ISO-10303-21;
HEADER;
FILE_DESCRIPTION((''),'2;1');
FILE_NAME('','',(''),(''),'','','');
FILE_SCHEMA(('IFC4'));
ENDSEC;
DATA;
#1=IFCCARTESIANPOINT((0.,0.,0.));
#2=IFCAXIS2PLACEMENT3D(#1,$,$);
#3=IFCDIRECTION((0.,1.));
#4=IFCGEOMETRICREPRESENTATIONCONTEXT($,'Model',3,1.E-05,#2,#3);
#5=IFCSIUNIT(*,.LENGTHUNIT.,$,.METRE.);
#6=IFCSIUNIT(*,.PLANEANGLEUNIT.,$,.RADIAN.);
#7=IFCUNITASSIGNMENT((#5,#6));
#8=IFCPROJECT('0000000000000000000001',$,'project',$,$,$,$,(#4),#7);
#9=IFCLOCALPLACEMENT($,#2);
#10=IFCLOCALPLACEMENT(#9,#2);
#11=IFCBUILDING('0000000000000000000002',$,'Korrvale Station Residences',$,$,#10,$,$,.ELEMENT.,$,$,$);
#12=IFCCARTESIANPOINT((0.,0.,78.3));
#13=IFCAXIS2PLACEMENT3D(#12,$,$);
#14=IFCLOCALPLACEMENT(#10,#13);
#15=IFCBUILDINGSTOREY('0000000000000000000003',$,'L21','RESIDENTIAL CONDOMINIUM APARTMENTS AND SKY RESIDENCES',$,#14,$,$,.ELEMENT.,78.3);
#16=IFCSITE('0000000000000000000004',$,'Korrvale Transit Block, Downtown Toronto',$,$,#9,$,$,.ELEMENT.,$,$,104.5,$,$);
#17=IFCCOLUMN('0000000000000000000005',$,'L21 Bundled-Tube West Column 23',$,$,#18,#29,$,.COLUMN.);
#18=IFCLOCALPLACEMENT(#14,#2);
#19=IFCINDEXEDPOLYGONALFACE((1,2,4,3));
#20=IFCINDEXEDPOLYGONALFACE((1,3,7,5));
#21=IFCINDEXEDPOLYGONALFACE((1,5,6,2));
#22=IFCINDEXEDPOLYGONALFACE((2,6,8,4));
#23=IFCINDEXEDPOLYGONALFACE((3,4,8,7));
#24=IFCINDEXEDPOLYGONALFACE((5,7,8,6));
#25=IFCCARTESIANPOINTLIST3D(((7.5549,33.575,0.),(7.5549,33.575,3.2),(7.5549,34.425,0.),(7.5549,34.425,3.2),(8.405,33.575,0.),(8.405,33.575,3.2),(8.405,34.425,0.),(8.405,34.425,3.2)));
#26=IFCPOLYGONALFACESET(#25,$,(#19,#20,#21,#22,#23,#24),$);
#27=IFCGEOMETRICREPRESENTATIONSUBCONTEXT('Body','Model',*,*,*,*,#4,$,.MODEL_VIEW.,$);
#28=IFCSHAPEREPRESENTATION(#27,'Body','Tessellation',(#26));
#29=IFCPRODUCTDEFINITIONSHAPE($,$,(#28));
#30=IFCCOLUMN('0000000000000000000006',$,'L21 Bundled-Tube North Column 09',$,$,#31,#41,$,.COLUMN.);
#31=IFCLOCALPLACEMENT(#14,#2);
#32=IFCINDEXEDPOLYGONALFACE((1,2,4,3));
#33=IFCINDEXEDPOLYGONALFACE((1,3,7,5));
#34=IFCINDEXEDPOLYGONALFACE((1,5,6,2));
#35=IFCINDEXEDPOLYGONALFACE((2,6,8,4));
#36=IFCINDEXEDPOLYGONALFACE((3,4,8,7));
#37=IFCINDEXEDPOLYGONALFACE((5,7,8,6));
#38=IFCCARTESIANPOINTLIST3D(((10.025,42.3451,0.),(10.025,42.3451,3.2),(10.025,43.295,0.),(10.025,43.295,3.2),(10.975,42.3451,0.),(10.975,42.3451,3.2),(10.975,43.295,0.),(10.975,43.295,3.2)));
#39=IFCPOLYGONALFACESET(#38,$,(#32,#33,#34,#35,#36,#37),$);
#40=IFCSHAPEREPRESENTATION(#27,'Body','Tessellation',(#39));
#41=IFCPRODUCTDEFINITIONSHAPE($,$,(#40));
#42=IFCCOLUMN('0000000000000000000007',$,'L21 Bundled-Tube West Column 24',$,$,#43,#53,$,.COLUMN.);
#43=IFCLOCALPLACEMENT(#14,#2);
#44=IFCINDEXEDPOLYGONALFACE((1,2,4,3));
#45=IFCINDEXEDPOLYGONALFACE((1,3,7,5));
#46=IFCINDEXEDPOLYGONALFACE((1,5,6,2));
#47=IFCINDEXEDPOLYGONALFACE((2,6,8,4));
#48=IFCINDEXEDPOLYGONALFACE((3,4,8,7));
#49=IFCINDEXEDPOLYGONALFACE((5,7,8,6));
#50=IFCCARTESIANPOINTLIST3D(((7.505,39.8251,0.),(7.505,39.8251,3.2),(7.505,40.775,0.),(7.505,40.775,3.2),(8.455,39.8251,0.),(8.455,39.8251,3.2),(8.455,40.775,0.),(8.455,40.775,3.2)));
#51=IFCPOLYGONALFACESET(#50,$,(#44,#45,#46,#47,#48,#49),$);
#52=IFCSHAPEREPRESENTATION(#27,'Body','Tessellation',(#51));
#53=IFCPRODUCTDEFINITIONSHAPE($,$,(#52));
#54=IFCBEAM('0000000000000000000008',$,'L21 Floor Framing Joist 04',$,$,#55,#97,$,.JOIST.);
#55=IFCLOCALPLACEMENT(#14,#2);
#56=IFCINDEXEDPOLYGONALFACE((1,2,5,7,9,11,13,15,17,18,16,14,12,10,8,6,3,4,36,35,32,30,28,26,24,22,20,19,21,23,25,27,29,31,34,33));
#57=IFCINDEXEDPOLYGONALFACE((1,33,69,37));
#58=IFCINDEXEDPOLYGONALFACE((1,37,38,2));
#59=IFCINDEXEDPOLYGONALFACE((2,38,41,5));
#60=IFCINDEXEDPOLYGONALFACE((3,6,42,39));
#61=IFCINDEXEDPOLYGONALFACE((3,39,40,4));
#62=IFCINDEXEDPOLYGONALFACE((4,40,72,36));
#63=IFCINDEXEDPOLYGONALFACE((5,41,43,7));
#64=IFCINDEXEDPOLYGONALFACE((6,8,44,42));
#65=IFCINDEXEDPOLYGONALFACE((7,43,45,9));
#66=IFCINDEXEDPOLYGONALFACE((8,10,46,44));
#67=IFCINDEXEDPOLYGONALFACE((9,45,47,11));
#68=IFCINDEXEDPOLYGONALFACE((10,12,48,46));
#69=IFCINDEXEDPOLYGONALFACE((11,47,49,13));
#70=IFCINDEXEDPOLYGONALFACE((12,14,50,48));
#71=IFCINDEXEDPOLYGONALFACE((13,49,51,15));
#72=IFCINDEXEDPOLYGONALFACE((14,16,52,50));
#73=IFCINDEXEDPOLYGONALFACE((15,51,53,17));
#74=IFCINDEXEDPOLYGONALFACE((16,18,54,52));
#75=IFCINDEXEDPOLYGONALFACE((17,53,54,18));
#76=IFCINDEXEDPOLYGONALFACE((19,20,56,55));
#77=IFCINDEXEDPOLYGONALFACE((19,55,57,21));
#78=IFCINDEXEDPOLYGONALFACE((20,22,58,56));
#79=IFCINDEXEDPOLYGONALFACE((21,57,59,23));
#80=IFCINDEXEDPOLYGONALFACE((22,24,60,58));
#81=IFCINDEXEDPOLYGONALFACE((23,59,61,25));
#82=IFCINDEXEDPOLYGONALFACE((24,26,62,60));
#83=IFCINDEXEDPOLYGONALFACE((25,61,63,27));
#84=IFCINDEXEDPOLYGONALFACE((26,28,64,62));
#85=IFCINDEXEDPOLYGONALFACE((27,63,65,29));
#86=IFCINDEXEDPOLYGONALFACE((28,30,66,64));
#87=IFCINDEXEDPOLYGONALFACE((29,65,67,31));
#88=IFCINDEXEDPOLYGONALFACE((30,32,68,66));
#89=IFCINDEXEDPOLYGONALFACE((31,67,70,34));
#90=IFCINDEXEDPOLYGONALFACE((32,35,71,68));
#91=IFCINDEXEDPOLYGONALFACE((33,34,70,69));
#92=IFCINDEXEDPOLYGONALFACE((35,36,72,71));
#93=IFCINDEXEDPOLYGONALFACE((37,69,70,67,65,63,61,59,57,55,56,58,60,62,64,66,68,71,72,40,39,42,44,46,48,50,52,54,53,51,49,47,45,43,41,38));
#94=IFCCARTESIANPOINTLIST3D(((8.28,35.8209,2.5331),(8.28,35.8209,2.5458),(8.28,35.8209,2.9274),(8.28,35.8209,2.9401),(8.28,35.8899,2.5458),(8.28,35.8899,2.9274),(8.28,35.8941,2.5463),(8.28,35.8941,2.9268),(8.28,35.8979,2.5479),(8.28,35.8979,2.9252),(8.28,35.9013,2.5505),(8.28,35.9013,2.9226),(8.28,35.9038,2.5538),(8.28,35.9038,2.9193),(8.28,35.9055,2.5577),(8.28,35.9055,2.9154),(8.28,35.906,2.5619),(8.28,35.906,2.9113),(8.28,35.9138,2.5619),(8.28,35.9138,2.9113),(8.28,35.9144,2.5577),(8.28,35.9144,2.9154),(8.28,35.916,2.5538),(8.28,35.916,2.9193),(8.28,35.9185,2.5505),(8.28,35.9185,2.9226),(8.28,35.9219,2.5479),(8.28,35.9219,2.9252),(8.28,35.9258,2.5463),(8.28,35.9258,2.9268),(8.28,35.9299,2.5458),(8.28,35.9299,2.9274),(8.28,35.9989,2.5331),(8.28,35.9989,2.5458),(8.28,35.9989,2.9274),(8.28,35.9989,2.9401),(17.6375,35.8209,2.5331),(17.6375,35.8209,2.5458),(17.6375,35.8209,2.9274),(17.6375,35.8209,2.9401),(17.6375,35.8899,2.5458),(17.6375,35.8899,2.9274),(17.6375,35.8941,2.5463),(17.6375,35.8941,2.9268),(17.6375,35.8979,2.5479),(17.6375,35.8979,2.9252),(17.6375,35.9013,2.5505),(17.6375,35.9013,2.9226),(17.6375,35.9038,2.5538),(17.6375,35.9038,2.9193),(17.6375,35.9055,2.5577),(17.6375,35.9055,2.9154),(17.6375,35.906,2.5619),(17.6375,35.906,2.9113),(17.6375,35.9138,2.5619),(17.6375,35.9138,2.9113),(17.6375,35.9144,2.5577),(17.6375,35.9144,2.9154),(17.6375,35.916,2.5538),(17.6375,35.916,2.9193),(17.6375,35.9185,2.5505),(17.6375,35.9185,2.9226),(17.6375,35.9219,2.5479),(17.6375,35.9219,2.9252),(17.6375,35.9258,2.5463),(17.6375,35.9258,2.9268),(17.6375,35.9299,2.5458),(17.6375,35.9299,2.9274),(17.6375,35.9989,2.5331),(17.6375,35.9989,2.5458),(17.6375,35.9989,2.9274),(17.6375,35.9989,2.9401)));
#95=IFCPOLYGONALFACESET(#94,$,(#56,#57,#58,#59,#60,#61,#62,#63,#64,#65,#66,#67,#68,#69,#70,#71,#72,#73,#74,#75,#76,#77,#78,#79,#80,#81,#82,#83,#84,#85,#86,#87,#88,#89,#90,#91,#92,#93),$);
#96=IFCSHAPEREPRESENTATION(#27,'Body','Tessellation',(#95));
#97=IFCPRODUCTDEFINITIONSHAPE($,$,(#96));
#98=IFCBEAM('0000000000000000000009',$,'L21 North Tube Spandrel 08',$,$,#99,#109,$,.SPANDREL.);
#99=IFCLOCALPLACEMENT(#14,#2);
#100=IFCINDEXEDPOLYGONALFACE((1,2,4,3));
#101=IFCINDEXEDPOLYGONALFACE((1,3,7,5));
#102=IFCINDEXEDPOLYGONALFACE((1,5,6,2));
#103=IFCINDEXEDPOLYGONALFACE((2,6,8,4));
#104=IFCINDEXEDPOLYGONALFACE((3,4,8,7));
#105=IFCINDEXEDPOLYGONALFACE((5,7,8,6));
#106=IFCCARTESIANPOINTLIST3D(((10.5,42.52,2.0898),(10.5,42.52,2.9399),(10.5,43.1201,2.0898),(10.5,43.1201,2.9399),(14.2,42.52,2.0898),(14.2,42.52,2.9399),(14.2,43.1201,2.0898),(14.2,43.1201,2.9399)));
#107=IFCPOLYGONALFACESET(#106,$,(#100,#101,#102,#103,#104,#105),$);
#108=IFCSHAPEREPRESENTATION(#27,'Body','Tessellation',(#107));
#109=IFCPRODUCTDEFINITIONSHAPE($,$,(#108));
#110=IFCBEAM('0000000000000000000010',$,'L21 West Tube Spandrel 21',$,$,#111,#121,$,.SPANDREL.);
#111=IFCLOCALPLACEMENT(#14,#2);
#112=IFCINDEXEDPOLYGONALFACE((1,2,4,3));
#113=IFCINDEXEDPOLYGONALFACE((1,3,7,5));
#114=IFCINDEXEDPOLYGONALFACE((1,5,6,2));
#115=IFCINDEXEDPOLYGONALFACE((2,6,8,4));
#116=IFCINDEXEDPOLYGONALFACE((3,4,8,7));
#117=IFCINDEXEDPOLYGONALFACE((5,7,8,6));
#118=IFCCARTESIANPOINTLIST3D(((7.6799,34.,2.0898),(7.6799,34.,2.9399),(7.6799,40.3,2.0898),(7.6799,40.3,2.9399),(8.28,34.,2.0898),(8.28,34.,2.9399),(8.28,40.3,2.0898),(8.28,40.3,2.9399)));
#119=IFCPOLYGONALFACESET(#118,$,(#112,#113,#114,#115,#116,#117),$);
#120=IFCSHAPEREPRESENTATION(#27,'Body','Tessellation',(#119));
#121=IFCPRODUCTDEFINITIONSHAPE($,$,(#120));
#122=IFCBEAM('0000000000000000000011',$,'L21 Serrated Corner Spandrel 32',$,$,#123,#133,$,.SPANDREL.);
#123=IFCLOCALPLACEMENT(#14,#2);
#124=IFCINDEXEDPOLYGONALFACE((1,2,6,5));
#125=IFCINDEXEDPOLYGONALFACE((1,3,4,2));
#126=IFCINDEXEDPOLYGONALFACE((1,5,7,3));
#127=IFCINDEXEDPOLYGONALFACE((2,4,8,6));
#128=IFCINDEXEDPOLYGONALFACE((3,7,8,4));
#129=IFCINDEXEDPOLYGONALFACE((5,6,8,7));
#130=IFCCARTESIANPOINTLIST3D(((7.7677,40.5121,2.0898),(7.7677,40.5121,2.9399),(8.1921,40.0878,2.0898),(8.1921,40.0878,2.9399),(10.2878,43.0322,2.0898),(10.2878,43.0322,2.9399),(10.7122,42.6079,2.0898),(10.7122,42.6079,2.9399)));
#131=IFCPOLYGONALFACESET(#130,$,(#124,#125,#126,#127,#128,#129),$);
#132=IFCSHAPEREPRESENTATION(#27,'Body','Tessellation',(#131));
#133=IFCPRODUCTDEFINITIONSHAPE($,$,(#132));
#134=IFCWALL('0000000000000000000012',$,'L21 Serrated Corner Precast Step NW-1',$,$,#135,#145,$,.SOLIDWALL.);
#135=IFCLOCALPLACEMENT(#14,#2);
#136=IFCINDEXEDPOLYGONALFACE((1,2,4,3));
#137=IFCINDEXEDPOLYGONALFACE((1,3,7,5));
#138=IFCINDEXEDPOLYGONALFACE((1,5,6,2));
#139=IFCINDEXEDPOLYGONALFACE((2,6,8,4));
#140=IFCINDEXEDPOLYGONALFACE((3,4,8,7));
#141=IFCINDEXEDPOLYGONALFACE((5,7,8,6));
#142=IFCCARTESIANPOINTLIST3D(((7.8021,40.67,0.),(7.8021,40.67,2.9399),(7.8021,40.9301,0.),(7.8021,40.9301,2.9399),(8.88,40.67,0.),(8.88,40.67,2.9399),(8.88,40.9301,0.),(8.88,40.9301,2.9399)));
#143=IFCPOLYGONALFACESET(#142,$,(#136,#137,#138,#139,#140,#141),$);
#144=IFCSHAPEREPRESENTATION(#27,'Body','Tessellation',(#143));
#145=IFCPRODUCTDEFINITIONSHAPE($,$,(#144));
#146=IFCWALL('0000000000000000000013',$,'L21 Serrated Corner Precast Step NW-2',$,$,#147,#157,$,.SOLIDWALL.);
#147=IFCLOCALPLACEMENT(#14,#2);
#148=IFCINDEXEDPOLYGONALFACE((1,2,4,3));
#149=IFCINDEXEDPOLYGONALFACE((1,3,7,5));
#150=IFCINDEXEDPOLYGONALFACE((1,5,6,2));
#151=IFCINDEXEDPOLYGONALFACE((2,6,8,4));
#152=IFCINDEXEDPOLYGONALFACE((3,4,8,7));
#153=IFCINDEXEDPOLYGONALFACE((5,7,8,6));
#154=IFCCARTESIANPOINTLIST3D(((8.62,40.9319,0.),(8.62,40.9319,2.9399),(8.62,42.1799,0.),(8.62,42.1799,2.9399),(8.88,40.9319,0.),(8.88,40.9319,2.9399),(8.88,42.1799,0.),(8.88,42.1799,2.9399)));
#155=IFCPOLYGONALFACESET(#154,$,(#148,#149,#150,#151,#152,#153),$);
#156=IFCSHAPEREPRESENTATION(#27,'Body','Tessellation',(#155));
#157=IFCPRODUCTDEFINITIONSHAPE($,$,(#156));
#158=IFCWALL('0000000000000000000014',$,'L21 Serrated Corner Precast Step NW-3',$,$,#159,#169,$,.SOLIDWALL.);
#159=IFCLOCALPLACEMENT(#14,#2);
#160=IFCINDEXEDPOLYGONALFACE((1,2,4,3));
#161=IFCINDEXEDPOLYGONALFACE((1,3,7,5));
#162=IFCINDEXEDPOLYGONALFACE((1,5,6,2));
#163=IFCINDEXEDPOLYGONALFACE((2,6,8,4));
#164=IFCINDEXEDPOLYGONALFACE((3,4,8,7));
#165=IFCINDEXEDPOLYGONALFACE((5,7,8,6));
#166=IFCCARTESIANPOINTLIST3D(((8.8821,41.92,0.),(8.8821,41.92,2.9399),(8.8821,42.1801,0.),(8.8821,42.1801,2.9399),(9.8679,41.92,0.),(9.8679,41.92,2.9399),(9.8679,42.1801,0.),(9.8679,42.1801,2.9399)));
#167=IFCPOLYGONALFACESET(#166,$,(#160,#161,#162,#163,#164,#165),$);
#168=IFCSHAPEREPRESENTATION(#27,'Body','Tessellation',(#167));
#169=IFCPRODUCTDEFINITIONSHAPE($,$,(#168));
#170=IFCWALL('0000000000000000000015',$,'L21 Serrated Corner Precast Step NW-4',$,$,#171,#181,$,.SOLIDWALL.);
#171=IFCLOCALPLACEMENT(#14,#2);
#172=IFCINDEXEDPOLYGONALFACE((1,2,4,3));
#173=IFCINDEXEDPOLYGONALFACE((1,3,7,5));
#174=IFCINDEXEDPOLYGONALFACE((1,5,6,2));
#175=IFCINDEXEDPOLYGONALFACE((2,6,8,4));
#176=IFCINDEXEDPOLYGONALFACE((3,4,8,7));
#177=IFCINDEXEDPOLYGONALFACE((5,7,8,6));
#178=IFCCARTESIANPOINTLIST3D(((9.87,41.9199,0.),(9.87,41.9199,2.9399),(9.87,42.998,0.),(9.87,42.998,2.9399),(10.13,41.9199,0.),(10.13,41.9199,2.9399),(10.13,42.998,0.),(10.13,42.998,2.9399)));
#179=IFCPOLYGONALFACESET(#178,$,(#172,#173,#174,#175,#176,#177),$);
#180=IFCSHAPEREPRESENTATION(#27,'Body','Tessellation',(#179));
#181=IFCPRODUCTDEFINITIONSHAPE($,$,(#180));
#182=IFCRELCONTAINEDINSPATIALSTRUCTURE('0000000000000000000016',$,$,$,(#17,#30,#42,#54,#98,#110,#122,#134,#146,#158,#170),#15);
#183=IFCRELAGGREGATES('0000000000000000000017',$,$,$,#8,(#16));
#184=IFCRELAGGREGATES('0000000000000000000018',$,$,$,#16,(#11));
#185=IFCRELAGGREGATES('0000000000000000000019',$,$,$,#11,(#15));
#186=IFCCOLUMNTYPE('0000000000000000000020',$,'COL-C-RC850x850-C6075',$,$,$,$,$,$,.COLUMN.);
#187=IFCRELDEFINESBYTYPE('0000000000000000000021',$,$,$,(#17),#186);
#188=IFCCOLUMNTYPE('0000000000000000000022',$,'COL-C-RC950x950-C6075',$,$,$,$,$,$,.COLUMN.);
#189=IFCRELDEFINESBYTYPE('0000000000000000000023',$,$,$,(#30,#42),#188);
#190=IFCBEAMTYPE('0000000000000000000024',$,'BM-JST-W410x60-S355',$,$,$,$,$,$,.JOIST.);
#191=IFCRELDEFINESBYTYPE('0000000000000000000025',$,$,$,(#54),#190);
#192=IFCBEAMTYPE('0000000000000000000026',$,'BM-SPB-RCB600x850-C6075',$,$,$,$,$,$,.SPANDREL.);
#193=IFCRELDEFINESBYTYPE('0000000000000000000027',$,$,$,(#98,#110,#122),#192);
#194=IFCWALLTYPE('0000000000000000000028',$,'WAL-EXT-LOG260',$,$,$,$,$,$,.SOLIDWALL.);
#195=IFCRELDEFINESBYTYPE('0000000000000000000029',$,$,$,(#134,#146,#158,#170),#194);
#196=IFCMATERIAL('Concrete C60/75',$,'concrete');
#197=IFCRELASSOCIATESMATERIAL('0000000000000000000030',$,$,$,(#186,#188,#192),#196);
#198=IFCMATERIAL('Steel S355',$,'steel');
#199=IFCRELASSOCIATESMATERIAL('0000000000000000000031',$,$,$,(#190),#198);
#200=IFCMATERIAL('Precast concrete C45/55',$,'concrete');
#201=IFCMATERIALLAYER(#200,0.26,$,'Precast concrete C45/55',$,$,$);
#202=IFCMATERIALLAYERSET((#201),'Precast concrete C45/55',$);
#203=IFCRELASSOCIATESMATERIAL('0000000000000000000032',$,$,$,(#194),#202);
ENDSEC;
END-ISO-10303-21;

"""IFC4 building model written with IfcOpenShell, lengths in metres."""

from ifc_helpers import new_model, si_unit, direction, frame, frame_2d, origin, origin_2d, place, context, subcontext, project, spatial, rectangle, i_section, extrude, material, layer, layer_set, material_profile, profile_set, type_object, element, save


model = new_model("IFC4")

# Units and contexts
model_context = context("Model", 3, precision=1e-05, world=origin(), true_north=direction((0.0, 1.0)))
body_context = subcontext(model_context, "Body", "Model", "MODEL_VIEW")
ifc_project = project(units=[si_unit("LENGTHUNIT", "METRE"), si_unit("PLANEANGLEUNIT", "RADIAN")], contexts=[model_context])

# Site, building, storey
site_placement = place(None, origin())
site = spatial("IfcSite", under=ifc_project, at=site_placement, Name="Korrvale Transit Block, Downtown Toronto", CompositionType="ELEMENT", RefElevation=104.5)
building_placement = place(site_placement, origin())
building = spatial("IfcBuilding", under=site, at=building_placement, Name="Korrvale Station Residences", CompositionType="ELEMENT")
storey_placement = place(building_placement, frame((0.0, 0.0, 78.3)))
storey = spatial("IfcBuildingStorey", under=building, at=storey_placement, Name="L21", Description="RESIDENTIAL CONDOMINIUM APARTMENTS AND SKY RESIDENCES", CompositionType="ELEMENT", Elevation=78.3)

# Columns
ifc_material_1 = material(Name="Concrete C60/75", Category="concrete")
ifc_material_profile_1 = material_profile(ifc_material_1, rectangle(XDim=0.8501, YDim=0.8501, at=origin_2d()), Name="RC850x850")
ifc_profile_set_1 = profile_set([ifc_material_profile_1], Name="Concrete C60/75")
column_type_1 = type_object("IfcColumnType", Name="COL-C-RC850x850-C6075", PredefinedType="COLUMN", material=ifc_profile_set_1)
column_placement = place(storey_placement, frame((7.98, 34.0, 0.0), z_axis=(0.0, 0.0, 1.0), x_axis=(1.0, 0.0, 0.0)))
element("IfcColumn", 1, at=column_placement, inside=storey, type_object=column_type_1, Name="L21 Bundled-Tube West Column 23", PredefinedType="COLUMN", context=body_context, shape_type="SweptSolid", body=[
    extrude(rectangle(XDim=0.8501, YDim=0.8501, at=origin_2d()), origin(), (0.0, 0.0, 1.0), 3.2),
])
ifc_material_profile_2 = material_profile(ifc_material_1, rectangle(XDim=0.95, YDim=0.95, at=origin_2d()), Name="RC950x950")
ifc_profile_set_2 = profile_set([ifc_material_profile_2], Name="Concrete C60/75")
column_type_2 = type_object("IfcColumnType", Name="COL-C-RC950x950-C6075", PredefinedType="COLUMN", material=ifc_profile_set_2)
for number, where, z_axis, x_axis, name in (
    (2, (10.5, 42.8201, 0.0), (0.0, 0.0, 1.0), (1.0, 0.0, 0.0), "L21 Bundled-Tube North Column 09"),
    (3, (7.98, 40.3, 0.0), (0.0, 0.0, 1.0), (1.0, 0.0, 0.0), "L21 Bundled-Tube West Column 24"),
):
    element("IfcColumn", number, at=place(storey_placement, frame(where, z_axis=z_axis, x_axis=x_axis)), inside=storey, type_object=column_type_2, Name=name, PredefinedType="COLUMN", context=body_context, shape_type="SweptSolid", body=[
        extrude(rectangle(XDim=0.95, YDim=0.95, at=origin_2d()), origin(), (0.0, 0.0, 1.0), 3.2),
    ])

# Beams
ifc_material_2 = material(Name="Steel S355", Category="steel")
ifc_material_profile_3 = material_profile(ifc_material_2, i_section(OverallWidth=0.178, OverallDepth=0.407, WebThickness=0.0078, FlangeThickness=0.0127, FilletRadius=0.0161, at=origin_2d()), Name="W410x60")
ifc_profile_set_3 = profile_set([ifc_material_profile_3], Name="Steel S355")
beam_type_1 = type_object("IfcBeamType", Name="BM-JST-W410x60-S355", PredefinedType="JOIST", material=ifc_profile_set_3)
beam_1_placement = place(storey_placement, frame((8.28, 35.9099, 2.7366), z_axis=(1.0, 0.0, 0.0), x_axis=(0.0, 1.0, 0.0)))
element("IfcBeam", 4, at=beam_1_placement, inside=storey, type_object=beam_type_1, Name="L21 Floor Framing Joist 04", PredefinedType="JOIST", context=body_context, shape_type="SweptSolid", body=[
    extrude(i_section(OverallWidth=0.178, OverallDepth=0.407, WebThickness=0.0078, FlangeThickness=0.0127, FilletRadius=0.0161, at=origin_2d()), origin(), (0.0, 0.0, 1.0), 9.3574),
])
ifc_material_profile_4 = material_profile(ifc_material_1, rectangle(XDim=0.6001, YDim=0.8501, at=origin_2d()), Name="RCB600x850")
ifc_profile_set_4 = profile_set([ifc_material_profile_4], Name="Concrete C60/75")
beam_type_2 = type_object("IfcBeamType", Name="BM-SPB-RCB600x850-C6075", PredefinedType="SPANDREL", material=ifc_profile_set_4)
beam_2_placement = place(storey_placement, frame((10.5, 42.8201, 2.5149), z_axis=(1.0, 0.0, 0.0), x_axis=(0.0, 1.0, 0.0)))
element("IfcBeam", 5, at=beam_2_placement, inside=storey, type_object=beam_type_2, Name="L21 North Tube Spandrel 08", PredefinedType="SPANDREL", context=body_context, shape_type="SweptSolid", body=[
    extrude(rectangle(XDim=0.6001, YDim=0.8501, at=origin_2d()), origin(), (0.0, 0.0, 1.0), 3.7),
])
beam_3_placement = place(storey_placement, frame((7.98, 34.0, 2.5149), z_axis=(0.0, 1.0, 0.0), x_axis=(-1.0, 0.0, 0.0)))
element("IfcBeam", 6, at=beam_3_placement, inside=storey, type_object=beam_type_2, Name="L21 West Tube Spandrel 21", PredefinedType="SPANDREL", context=body_context, shape_type="SweptSolid", body=[
    extrude(rectangle(XDim=0.6001, YDim=0.8501, at=origin_2d()), origin(), (0.0, 0.0, 1.0), 6.3),
])
beam_4_placement = place(storey_placement, frame((10.5, 42.8201, 2.5149), z_axis=(-0.707107, -0.707107, 0.0), x_axis=(0.707107, -0.707107, 0.0)))
element("IfcBeam", 7, at=beam_4_placement, inside=storey, type_object=beam_type_2, Name="L21 Serrated Corner Spandrel 32", PredefinedType="SPANDREL", context=body_context, shape_type="SweptSolid", body=[
    extrude(rectangle(XDim=0.6001, YDim=0.8501, at=origin_2d()), origin(), (0.0, 0.0, 1.0), 3.564),
])

# Walls
ifc_material_3 = material(Name="Precast concrete C45/55", Category="concrete")
ifc_layer_1 = layer(ifc_material_3, 0.26, Name="Precast concrete C45/55")
ifc_layer_set_1 = layer_set([ifc_layer_1], Name="Precast concrete C45/55")
wall_type_1 = type_object("IfcWallType", Name="WAL-EXT-LOG260", PredefinedType="SOLIDWALL", material=ifc_layer_set_1)
wall_1_placement = place(storey_placement, frame((7.802, 40.8, 0.0), z_axis=(0.0, 0.0, 1.0), x_axis=(1.0, 0.0, 0.0)))
element("IfcWall", 8, at=wall_1_placement, inside=storey, type_object=wall_type_1, Name="L21 Serrated Corner Precast Step NW-1", PredefinedType="SOLIDWALL", context=body_context, shape_type="SweptSolid", body=[
    extrude(rectangle(XDim=1.0779, YDim=0.26, at=frame_2d((0.5391, 0.0))), origin(), (0.0, 0.0, 1.0), 2.9399),
])
wall_2_placement = place(storey_placement, frame((8.75, 40.9319, 0.0), z_axis=(0.0, 0.0, 1.0), x_axis=(0.0, 1.0, 0.0)))
element("IfcWall", 9, at=wall_2_placement, inside=storey, type_object=wall_type_1, Name="L21 Serrated Corner Precast Step NW-2", PredefinedType="SOLIDWALL", context=body_context, shape_type="SweptSolid", body=[
    extrude(rectangle(XDim=1.248, YDim=0.26, at=frame_2d((0.624, 0.0))), origin(), (0.0, 0.0, 1.0), 2.9399),
])
wall_3_placement = place(storey_placement, frame((8.8821, 42.05, 0.0), z_axis=(0.0, 0.0, 1.0), x_axis=(1.0, 0.0, 0.0)))
element("IfcWall", 10, at=wall_3_placement, inside=storey, type_object=wall_type_1, Name="L21 Serrated Corner Precast Step NW-3", PredefinedType="SOLIDWALL", context=body_context, shape_type="SweptSolid", body=[
    extrude(rectangle(XDim=0.9858, YDim=0.26, at=frame_2d((0.4929, 0.0))), origin(), (0.0, 0.0, 1.0), 2.9399),
])
wall_4_placement = place(storey_placement, frame((10.0, 41.9199, 0.0), z_axis=(0.0, 0.0, 1.0), x_axis=(0.0, 1.0, 0.0)))
element("IfcWall", 11, at=wall_4_placement, inside=storey, type_object=wall_type_1, Name="L21 Serrated Corner Precast Step NW-4", PredefinedType="SOLIDWALL", context=body_context, shape_type="SweptSolid", body=[
    extrude(rectangle(XDim=1.0781, YDim=0.26, at=frame_2d((0.5391, 0.0))), origin(), (0.0, 0.0, 1.0), 2.9399),
])

save(model, "model.ifc")
